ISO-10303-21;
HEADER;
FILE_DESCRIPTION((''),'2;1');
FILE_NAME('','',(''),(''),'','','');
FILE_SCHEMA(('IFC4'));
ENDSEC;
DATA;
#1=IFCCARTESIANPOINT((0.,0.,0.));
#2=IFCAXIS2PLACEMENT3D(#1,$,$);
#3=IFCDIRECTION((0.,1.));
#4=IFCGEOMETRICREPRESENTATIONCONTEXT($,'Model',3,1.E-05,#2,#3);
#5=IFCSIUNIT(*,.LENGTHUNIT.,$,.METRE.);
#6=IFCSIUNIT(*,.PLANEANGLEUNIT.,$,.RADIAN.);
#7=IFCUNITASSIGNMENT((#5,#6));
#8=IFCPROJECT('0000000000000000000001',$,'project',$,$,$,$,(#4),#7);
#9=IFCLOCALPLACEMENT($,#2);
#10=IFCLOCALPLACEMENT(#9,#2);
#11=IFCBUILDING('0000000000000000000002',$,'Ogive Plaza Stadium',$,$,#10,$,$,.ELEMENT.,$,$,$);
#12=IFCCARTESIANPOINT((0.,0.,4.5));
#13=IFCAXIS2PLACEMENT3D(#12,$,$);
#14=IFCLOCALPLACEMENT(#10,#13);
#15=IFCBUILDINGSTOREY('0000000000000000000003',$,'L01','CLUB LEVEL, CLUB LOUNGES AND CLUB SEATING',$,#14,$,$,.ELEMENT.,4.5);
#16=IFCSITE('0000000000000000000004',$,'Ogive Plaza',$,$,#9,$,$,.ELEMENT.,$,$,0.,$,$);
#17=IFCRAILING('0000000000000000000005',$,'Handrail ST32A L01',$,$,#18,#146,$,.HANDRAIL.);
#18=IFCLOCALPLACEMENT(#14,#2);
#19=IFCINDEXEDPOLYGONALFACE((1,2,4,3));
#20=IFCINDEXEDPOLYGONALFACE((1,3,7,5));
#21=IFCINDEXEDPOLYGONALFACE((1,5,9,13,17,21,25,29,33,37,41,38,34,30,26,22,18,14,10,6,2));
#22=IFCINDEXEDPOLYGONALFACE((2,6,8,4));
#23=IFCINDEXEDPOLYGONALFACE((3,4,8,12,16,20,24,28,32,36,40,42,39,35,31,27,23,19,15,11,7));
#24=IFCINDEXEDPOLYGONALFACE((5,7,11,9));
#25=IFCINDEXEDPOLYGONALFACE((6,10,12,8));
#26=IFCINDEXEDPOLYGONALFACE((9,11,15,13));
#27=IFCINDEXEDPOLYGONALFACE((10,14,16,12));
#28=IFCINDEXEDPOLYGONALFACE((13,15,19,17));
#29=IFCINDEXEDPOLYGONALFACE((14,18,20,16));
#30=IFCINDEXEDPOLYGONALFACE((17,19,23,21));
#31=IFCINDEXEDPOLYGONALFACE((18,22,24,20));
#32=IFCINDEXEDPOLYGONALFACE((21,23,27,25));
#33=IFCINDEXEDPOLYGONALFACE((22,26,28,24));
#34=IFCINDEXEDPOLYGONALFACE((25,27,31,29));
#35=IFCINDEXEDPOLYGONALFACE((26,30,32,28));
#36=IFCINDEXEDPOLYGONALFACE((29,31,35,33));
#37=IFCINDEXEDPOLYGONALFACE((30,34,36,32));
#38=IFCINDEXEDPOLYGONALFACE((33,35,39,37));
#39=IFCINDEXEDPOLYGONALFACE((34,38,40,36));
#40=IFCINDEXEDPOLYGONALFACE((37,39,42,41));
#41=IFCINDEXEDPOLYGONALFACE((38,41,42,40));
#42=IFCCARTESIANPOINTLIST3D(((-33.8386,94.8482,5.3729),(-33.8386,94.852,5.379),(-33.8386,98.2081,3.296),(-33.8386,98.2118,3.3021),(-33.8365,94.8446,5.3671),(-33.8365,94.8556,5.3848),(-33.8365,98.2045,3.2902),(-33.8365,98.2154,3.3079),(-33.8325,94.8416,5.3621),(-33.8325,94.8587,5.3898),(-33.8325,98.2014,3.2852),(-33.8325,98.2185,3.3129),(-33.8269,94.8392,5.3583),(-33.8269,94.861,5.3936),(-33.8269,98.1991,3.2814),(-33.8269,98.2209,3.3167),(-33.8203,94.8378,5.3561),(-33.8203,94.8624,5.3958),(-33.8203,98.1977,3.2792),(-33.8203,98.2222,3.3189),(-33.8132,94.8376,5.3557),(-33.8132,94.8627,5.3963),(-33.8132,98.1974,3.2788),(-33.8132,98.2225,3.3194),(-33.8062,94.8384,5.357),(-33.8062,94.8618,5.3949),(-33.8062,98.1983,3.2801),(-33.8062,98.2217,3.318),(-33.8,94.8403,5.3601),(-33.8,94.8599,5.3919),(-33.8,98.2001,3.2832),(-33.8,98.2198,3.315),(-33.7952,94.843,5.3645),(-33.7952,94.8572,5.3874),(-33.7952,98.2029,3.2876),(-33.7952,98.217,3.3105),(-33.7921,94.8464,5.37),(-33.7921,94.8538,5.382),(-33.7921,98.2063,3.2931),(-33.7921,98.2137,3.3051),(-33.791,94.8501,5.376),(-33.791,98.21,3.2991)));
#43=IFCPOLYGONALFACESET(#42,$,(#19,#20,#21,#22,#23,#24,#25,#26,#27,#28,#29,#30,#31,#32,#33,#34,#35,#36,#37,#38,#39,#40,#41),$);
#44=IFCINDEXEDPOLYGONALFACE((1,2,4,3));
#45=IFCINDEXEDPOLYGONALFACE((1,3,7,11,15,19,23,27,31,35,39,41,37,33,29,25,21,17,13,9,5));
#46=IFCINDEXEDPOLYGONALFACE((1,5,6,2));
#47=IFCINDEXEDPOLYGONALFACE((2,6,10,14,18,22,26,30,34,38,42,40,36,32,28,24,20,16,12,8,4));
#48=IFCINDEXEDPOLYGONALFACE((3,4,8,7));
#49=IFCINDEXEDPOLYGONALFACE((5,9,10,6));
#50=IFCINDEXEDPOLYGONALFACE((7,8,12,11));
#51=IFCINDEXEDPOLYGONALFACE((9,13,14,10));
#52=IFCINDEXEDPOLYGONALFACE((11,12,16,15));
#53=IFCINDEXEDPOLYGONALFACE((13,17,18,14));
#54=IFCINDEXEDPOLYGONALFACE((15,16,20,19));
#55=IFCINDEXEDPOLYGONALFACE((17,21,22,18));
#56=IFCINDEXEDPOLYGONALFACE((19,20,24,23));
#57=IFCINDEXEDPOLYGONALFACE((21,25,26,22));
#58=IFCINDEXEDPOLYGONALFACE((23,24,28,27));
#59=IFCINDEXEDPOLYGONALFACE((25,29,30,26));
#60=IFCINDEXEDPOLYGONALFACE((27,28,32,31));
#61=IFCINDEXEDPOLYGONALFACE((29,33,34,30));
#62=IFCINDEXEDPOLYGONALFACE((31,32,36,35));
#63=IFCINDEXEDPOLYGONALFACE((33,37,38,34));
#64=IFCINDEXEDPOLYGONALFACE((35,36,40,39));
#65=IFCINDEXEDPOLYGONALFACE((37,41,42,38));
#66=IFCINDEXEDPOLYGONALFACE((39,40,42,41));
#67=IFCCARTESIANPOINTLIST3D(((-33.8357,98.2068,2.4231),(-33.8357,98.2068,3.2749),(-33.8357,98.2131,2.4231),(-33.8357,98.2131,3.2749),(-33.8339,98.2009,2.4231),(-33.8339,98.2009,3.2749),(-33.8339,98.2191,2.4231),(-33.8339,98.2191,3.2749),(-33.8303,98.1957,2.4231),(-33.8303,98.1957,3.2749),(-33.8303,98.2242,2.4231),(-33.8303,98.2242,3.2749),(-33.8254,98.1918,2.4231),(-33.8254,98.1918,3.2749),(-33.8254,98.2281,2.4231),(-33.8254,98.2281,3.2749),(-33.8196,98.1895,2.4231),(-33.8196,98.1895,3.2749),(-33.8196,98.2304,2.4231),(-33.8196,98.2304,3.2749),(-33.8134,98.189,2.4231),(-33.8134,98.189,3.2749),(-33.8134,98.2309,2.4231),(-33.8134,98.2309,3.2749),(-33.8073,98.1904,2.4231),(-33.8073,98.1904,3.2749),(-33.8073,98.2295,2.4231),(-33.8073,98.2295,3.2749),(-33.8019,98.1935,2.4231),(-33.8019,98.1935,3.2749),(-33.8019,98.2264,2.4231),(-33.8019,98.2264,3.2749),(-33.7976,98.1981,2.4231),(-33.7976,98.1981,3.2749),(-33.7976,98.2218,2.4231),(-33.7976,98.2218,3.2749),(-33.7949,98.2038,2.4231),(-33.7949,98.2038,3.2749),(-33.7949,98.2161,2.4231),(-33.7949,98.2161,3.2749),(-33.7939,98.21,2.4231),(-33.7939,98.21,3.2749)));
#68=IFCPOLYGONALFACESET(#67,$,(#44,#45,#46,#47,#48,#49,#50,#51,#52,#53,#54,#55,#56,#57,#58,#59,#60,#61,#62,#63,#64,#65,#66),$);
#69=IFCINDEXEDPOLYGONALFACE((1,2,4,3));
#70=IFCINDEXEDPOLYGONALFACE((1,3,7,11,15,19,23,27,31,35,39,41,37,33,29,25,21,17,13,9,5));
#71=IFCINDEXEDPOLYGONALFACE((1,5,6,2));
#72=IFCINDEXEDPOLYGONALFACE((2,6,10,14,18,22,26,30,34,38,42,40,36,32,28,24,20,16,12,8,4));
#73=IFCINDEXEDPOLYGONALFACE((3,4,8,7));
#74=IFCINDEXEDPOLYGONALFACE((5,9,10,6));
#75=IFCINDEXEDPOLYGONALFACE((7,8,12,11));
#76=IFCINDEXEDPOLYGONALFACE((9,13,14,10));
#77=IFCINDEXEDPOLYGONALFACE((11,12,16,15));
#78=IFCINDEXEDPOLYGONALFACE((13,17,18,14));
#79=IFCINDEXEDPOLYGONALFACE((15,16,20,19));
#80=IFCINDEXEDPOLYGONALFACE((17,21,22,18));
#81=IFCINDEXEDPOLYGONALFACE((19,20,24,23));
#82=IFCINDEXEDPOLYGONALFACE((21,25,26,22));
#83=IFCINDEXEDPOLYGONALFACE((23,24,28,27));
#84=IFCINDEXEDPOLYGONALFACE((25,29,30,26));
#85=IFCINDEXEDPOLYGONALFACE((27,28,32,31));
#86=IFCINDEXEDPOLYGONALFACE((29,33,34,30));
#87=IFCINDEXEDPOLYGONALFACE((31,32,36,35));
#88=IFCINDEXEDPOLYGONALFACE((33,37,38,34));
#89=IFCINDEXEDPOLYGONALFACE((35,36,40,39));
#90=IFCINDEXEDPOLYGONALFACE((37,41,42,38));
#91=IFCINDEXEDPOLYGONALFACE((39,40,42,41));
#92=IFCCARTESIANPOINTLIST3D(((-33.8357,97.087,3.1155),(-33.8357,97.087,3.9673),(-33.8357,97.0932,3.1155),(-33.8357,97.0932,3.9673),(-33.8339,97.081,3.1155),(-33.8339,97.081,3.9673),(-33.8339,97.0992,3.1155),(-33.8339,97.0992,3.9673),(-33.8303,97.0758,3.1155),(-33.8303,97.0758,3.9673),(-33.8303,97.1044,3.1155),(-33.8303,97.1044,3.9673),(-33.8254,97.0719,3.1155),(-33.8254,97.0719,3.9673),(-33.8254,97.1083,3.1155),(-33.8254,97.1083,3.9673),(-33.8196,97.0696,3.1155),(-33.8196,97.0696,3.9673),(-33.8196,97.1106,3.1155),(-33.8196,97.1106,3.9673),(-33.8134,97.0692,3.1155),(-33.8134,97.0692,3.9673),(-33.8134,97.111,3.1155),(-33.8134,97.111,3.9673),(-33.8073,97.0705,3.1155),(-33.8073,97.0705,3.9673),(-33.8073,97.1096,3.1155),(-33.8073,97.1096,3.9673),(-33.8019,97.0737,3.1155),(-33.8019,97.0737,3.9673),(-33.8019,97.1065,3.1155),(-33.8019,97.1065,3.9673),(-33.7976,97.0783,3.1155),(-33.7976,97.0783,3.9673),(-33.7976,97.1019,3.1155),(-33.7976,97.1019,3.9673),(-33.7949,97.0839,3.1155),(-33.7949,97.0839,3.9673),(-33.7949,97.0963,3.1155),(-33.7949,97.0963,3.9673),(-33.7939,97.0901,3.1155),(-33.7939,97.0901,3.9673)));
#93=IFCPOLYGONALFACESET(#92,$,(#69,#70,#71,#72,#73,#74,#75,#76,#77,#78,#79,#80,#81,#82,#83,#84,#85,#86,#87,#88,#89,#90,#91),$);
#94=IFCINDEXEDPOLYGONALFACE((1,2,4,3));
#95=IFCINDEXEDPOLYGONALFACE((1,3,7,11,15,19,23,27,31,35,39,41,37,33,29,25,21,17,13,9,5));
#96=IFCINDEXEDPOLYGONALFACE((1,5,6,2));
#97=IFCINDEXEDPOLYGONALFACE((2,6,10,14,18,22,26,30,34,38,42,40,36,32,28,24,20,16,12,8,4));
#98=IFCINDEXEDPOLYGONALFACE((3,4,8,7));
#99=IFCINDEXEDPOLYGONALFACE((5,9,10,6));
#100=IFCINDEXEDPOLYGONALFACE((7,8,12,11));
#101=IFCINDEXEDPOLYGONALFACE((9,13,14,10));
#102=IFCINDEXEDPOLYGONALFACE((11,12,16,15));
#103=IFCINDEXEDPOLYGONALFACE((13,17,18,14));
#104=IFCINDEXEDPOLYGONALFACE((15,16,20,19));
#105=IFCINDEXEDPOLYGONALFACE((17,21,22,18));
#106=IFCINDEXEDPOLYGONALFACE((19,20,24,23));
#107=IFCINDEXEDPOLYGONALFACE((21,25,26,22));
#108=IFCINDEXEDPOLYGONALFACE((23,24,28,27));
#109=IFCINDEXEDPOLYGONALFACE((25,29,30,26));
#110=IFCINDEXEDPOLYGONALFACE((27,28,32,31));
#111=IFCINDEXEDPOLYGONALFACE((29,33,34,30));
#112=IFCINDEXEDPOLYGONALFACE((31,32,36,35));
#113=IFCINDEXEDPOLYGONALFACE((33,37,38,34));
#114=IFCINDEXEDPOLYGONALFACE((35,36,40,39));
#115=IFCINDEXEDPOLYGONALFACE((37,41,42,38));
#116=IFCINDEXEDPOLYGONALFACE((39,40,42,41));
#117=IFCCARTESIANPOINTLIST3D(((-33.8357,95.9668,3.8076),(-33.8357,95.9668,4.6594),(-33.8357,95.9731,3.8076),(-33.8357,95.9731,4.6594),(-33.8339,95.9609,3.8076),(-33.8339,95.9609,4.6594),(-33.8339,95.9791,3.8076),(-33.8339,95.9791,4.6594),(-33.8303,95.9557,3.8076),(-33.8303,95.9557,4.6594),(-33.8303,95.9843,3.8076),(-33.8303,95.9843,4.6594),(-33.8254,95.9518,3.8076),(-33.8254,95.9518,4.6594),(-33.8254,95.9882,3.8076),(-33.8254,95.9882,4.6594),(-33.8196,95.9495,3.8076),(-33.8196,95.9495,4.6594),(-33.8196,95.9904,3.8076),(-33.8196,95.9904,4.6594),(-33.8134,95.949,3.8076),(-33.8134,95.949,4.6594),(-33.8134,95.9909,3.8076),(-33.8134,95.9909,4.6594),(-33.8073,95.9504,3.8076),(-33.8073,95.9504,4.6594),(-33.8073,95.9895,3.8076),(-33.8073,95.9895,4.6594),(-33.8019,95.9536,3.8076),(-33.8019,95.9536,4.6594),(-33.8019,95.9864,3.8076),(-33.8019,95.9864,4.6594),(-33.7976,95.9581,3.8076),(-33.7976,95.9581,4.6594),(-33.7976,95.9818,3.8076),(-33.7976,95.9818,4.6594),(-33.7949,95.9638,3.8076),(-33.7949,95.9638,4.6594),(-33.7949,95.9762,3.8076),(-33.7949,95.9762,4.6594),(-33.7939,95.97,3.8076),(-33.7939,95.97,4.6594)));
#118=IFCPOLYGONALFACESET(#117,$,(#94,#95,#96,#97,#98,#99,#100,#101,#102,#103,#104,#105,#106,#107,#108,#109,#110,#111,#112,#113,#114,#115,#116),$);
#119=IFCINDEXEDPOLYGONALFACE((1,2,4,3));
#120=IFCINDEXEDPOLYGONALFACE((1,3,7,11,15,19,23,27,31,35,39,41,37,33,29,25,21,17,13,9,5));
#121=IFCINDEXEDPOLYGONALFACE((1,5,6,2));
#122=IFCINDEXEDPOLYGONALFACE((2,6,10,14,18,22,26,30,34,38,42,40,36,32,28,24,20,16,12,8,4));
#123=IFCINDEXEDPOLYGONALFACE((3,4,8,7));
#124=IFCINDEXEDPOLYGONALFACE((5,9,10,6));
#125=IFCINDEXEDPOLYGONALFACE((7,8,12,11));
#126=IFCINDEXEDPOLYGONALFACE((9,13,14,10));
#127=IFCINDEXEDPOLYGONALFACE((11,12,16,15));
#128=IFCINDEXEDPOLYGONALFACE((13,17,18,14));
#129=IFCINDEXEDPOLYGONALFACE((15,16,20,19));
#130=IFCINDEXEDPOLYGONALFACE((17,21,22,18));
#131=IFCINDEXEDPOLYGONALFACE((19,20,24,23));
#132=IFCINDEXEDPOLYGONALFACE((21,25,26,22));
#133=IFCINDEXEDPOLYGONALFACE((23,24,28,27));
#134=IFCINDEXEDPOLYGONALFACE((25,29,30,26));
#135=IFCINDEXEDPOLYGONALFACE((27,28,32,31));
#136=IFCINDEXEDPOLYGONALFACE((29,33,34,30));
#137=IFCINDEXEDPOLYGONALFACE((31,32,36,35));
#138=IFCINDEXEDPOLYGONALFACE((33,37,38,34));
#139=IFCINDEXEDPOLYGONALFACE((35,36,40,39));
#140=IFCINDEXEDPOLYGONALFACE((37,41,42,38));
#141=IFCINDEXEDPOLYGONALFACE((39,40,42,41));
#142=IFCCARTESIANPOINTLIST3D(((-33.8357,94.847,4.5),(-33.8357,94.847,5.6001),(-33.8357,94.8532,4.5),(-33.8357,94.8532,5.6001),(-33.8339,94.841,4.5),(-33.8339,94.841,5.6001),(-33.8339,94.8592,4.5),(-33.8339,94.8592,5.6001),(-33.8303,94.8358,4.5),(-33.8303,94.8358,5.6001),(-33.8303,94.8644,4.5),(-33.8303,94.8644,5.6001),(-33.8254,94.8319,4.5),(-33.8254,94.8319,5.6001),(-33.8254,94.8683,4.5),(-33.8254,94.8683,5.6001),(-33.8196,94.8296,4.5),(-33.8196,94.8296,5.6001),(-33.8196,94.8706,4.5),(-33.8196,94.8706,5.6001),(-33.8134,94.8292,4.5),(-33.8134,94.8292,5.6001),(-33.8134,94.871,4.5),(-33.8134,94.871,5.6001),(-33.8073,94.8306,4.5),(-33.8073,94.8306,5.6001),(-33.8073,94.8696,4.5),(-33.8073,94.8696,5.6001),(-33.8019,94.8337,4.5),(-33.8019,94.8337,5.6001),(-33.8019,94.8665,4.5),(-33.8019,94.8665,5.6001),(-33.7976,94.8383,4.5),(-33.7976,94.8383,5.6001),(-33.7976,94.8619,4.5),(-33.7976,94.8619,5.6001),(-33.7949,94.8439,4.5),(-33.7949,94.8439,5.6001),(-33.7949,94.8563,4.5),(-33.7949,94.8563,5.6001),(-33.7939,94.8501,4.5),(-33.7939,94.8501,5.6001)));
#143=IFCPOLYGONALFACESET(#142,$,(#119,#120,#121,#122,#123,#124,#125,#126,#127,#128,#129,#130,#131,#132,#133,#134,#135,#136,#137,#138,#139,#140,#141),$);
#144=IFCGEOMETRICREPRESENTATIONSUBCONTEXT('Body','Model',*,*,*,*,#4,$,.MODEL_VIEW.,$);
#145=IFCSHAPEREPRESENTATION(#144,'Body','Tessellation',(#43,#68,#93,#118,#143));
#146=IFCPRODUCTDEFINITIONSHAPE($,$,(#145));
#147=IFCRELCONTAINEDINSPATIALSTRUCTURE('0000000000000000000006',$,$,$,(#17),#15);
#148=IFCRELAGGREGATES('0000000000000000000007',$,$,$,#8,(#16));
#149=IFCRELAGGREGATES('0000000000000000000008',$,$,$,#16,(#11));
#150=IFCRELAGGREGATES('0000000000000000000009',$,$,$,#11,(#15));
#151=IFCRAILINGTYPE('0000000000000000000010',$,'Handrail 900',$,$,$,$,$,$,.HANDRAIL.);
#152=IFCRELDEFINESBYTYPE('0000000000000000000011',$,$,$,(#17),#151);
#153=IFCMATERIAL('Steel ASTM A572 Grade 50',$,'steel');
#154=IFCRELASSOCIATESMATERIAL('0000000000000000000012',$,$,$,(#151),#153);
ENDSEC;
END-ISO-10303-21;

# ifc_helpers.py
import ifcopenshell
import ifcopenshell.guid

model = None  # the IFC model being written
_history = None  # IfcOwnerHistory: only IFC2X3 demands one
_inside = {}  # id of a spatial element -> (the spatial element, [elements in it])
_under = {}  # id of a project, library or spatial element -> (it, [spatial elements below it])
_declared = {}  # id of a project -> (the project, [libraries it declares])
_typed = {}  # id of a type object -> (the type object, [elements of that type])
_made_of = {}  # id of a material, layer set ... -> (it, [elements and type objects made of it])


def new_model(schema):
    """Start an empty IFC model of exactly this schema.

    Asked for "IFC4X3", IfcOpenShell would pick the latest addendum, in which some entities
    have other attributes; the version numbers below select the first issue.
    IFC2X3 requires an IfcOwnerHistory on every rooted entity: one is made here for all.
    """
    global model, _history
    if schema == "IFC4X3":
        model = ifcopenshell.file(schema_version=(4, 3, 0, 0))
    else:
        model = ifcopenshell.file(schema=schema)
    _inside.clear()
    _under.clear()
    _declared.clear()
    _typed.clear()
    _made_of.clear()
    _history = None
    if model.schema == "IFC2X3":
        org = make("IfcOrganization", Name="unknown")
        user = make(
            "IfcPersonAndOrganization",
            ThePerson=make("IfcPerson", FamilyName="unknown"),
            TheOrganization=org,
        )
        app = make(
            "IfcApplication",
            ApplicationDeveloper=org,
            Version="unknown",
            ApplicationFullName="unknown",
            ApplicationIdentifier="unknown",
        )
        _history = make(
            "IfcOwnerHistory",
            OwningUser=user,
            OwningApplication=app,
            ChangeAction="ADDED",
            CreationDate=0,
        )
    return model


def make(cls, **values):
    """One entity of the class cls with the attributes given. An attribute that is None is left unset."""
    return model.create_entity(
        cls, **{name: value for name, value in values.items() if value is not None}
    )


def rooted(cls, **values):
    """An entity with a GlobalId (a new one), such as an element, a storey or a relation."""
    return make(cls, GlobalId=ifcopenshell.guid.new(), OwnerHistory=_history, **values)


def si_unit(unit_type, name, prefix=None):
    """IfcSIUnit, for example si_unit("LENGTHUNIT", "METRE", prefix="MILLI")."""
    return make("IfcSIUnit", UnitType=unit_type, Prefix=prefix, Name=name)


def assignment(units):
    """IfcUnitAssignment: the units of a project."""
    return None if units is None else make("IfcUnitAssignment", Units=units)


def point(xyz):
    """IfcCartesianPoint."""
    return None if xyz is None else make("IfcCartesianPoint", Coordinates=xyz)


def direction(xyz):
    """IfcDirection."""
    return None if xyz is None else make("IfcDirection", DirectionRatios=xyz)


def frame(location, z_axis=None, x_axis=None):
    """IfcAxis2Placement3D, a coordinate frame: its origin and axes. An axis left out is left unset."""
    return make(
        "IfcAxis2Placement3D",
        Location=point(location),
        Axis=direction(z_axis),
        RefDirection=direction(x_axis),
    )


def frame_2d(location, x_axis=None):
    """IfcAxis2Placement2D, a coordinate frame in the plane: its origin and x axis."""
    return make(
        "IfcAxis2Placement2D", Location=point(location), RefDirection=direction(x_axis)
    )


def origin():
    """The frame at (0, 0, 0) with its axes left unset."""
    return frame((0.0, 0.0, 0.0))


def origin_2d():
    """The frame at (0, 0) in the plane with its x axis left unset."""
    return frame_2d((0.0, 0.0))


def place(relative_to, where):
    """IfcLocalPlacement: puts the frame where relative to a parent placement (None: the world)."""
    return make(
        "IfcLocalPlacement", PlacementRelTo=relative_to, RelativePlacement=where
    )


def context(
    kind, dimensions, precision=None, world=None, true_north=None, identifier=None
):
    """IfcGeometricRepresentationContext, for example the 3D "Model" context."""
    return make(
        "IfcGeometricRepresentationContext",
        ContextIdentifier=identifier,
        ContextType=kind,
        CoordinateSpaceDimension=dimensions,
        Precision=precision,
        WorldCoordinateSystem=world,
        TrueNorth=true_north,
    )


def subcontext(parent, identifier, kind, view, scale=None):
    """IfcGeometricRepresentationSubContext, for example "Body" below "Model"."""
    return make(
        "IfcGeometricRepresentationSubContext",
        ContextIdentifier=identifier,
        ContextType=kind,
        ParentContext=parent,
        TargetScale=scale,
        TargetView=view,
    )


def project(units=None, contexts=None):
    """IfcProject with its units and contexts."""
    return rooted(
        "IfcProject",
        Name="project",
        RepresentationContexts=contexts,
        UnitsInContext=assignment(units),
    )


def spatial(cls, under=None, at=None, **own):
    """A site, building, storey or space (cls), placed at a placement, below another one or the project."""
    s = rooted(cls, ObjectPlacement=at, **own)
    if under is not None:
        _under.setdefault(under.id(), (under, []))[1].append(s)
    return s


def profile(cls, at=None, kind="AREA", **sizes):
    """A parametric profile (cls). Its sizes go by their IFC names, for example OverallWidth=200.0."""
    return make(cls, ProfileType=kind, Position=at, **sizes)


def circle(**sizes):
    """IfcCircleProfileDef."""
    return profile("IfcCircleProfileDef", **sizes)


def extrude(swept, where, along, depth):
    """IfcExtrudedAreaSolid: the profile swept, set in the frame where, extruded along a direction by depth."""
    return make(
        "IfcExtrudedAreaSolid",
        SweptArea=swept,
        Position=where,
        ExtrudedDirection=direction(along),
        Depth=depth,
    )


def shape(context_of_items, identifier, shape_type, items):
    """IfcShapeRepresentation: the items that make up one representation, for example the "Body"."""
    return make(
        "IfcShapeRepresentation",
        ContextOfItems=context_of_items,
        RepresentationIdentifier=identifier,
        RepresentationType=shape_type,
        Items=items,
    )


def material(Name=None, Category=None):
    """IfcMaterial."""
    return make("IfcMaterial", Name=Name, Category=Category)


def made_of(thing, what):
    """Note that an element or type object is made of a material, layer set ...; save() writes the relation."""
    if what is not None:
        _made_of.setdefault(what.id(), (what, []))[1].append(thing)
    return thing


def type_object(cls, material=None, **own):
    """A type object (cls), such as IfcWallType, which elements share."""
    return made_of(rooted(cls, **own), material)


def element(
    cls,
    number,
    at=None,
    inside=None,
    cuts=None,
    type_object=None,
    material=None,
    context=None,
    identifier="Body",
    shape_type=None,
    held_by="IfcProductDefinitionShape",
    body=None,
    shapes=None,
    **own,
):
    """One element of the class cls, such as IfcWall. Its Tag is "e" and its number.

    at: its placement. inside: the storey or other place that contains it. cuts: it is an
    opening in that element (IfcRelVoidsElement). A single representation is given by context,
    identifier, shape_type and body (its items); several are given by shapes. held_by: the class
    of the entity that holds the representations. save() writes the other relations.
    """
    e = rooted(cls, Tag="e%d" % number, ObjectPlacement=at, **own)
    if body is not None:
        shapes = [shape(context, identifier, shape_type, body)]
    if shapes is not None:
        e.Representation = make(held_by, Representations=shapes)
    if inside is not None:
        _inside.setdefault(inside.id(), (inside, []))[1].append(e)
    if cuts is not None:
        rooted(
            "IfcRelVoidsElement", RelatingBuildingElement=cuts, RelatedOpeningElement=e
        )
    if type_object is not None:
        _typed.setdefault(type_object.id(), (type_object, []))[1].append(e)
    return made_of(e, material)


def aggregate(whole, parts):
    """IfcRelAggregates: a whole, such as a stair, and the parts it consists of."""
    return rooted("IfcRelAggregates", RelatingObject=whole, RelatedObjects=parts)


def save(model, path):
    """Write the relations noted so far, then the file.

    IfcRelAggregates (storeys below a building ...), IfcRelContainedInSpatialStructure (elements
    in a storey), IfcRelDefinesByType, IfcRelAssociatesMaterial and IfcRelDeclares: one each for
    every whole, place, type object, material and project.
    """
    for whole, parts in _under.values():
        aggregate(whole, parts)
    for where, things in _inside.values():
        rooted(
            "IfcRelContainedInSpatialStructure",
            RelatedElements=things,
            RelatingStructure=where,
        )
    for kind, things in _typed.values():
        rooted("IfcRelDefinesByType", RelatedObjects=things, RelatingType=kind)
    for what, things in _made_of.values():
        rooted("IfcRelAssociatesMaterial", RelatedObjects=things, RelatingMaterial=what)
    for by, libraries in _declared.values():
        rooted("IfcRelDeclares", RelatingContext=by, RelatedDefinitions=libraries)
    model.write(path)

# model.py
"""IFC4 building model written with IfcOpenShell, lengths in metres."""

from ifc_helpers import new_model, si_unit, direction, frame, origin, origin_2d, place, context, subcontext, project, spatial, circle, extrude, material, type_object, element, save


model = new_model("IFC4")

# Units and contexts
model_context = context("Model", 3, precision=1e-05, world=origin(), true_north=direction((0.0, 1.0)))
body_context = subcontext(model_context, "Body", "Model", "MODEL_VIEW")
ifc_project = project(units=[si_unit("LENGTHUNIT", "METRE"), si_unit("PLANEANGLEUNIT", "RADIAN")], contexts=[model_context])

# Site, building, storey
site_placement = place(None, origin())
site = spatial("IfcSite", under=ifc_project, at=site_placement, Name="Ogive Plaza", CompositionType="ELEMENT", RefElevation=0.0)
building_placement = place(site_placement, origin())
building = spatial("IfcBuilding", under=site, at=building_placement, Name="Ogive Plaza Stadium", CompositionType="ELEMENT")
storey_placement = place(building_placement, frame((0.0, 0.0, 4.5)))
storey = spatial("IfcBuildingStorey", under=building, at=storey_placement, Name="L01", Description="CLUB LEVEL, CLUB LOUNGES AND CLUB SEATING", CompositionType="ELEMENT", Elevation=4.5)

# Railing
ifc_material_1 = material(Name="Steel ASTM A572 Grade 50", Category="steel")
railing_type_1 = type_object("IfcRailingType", Name="Handrail 900", PredefinedType="HANDRAIL", material=ifc_material_1)
for number, where, name in (
    (1, (-33.8149, 98.21, 2.4231), "Handrail ST32A L01"),
):
    element("IfcRailing", number, at=place(storey_placement, frame(where)), inside=storey, type_object=railing_type_1, Name=name, PredefinedType="HANDRAIL", context=body_context, shape_type="SweptSolid", body=[
        extrude(circle(Radius=0.0239, at=origin_2d()), frame((0.0, 0.0, 0.876), z_axis=(0.0, -0.850606, 0.525803), x_axis=(1.0, 0.0, 0.0)), (0.0, 0.0, 1.0), 3.95),
        extrude(circle(Radius=0.021, at=origin_2d()), origin(), (0.0, 0.0, 1.0), 0.8518),
        extrude(circle(Radius=0.021, at=origin_2d()), frame((0.0, -1.1199, 0.6924)), (0.0, 0.0, 1.0), 0.8518),
        extrude(circle(Radius=0.021, at=origin_2d()), frame((0.0, -2.24, 1.3845)), (0.0, 0.0, 1.0), 0.8518),
        extrude(circle(Radius=0.021, at=origin_2d()), frame((0.0, -3.3599, 2.0769)), (0.0, 0.0, 1.0), 1.1001),
    ])

save(model, "model.ifc")
